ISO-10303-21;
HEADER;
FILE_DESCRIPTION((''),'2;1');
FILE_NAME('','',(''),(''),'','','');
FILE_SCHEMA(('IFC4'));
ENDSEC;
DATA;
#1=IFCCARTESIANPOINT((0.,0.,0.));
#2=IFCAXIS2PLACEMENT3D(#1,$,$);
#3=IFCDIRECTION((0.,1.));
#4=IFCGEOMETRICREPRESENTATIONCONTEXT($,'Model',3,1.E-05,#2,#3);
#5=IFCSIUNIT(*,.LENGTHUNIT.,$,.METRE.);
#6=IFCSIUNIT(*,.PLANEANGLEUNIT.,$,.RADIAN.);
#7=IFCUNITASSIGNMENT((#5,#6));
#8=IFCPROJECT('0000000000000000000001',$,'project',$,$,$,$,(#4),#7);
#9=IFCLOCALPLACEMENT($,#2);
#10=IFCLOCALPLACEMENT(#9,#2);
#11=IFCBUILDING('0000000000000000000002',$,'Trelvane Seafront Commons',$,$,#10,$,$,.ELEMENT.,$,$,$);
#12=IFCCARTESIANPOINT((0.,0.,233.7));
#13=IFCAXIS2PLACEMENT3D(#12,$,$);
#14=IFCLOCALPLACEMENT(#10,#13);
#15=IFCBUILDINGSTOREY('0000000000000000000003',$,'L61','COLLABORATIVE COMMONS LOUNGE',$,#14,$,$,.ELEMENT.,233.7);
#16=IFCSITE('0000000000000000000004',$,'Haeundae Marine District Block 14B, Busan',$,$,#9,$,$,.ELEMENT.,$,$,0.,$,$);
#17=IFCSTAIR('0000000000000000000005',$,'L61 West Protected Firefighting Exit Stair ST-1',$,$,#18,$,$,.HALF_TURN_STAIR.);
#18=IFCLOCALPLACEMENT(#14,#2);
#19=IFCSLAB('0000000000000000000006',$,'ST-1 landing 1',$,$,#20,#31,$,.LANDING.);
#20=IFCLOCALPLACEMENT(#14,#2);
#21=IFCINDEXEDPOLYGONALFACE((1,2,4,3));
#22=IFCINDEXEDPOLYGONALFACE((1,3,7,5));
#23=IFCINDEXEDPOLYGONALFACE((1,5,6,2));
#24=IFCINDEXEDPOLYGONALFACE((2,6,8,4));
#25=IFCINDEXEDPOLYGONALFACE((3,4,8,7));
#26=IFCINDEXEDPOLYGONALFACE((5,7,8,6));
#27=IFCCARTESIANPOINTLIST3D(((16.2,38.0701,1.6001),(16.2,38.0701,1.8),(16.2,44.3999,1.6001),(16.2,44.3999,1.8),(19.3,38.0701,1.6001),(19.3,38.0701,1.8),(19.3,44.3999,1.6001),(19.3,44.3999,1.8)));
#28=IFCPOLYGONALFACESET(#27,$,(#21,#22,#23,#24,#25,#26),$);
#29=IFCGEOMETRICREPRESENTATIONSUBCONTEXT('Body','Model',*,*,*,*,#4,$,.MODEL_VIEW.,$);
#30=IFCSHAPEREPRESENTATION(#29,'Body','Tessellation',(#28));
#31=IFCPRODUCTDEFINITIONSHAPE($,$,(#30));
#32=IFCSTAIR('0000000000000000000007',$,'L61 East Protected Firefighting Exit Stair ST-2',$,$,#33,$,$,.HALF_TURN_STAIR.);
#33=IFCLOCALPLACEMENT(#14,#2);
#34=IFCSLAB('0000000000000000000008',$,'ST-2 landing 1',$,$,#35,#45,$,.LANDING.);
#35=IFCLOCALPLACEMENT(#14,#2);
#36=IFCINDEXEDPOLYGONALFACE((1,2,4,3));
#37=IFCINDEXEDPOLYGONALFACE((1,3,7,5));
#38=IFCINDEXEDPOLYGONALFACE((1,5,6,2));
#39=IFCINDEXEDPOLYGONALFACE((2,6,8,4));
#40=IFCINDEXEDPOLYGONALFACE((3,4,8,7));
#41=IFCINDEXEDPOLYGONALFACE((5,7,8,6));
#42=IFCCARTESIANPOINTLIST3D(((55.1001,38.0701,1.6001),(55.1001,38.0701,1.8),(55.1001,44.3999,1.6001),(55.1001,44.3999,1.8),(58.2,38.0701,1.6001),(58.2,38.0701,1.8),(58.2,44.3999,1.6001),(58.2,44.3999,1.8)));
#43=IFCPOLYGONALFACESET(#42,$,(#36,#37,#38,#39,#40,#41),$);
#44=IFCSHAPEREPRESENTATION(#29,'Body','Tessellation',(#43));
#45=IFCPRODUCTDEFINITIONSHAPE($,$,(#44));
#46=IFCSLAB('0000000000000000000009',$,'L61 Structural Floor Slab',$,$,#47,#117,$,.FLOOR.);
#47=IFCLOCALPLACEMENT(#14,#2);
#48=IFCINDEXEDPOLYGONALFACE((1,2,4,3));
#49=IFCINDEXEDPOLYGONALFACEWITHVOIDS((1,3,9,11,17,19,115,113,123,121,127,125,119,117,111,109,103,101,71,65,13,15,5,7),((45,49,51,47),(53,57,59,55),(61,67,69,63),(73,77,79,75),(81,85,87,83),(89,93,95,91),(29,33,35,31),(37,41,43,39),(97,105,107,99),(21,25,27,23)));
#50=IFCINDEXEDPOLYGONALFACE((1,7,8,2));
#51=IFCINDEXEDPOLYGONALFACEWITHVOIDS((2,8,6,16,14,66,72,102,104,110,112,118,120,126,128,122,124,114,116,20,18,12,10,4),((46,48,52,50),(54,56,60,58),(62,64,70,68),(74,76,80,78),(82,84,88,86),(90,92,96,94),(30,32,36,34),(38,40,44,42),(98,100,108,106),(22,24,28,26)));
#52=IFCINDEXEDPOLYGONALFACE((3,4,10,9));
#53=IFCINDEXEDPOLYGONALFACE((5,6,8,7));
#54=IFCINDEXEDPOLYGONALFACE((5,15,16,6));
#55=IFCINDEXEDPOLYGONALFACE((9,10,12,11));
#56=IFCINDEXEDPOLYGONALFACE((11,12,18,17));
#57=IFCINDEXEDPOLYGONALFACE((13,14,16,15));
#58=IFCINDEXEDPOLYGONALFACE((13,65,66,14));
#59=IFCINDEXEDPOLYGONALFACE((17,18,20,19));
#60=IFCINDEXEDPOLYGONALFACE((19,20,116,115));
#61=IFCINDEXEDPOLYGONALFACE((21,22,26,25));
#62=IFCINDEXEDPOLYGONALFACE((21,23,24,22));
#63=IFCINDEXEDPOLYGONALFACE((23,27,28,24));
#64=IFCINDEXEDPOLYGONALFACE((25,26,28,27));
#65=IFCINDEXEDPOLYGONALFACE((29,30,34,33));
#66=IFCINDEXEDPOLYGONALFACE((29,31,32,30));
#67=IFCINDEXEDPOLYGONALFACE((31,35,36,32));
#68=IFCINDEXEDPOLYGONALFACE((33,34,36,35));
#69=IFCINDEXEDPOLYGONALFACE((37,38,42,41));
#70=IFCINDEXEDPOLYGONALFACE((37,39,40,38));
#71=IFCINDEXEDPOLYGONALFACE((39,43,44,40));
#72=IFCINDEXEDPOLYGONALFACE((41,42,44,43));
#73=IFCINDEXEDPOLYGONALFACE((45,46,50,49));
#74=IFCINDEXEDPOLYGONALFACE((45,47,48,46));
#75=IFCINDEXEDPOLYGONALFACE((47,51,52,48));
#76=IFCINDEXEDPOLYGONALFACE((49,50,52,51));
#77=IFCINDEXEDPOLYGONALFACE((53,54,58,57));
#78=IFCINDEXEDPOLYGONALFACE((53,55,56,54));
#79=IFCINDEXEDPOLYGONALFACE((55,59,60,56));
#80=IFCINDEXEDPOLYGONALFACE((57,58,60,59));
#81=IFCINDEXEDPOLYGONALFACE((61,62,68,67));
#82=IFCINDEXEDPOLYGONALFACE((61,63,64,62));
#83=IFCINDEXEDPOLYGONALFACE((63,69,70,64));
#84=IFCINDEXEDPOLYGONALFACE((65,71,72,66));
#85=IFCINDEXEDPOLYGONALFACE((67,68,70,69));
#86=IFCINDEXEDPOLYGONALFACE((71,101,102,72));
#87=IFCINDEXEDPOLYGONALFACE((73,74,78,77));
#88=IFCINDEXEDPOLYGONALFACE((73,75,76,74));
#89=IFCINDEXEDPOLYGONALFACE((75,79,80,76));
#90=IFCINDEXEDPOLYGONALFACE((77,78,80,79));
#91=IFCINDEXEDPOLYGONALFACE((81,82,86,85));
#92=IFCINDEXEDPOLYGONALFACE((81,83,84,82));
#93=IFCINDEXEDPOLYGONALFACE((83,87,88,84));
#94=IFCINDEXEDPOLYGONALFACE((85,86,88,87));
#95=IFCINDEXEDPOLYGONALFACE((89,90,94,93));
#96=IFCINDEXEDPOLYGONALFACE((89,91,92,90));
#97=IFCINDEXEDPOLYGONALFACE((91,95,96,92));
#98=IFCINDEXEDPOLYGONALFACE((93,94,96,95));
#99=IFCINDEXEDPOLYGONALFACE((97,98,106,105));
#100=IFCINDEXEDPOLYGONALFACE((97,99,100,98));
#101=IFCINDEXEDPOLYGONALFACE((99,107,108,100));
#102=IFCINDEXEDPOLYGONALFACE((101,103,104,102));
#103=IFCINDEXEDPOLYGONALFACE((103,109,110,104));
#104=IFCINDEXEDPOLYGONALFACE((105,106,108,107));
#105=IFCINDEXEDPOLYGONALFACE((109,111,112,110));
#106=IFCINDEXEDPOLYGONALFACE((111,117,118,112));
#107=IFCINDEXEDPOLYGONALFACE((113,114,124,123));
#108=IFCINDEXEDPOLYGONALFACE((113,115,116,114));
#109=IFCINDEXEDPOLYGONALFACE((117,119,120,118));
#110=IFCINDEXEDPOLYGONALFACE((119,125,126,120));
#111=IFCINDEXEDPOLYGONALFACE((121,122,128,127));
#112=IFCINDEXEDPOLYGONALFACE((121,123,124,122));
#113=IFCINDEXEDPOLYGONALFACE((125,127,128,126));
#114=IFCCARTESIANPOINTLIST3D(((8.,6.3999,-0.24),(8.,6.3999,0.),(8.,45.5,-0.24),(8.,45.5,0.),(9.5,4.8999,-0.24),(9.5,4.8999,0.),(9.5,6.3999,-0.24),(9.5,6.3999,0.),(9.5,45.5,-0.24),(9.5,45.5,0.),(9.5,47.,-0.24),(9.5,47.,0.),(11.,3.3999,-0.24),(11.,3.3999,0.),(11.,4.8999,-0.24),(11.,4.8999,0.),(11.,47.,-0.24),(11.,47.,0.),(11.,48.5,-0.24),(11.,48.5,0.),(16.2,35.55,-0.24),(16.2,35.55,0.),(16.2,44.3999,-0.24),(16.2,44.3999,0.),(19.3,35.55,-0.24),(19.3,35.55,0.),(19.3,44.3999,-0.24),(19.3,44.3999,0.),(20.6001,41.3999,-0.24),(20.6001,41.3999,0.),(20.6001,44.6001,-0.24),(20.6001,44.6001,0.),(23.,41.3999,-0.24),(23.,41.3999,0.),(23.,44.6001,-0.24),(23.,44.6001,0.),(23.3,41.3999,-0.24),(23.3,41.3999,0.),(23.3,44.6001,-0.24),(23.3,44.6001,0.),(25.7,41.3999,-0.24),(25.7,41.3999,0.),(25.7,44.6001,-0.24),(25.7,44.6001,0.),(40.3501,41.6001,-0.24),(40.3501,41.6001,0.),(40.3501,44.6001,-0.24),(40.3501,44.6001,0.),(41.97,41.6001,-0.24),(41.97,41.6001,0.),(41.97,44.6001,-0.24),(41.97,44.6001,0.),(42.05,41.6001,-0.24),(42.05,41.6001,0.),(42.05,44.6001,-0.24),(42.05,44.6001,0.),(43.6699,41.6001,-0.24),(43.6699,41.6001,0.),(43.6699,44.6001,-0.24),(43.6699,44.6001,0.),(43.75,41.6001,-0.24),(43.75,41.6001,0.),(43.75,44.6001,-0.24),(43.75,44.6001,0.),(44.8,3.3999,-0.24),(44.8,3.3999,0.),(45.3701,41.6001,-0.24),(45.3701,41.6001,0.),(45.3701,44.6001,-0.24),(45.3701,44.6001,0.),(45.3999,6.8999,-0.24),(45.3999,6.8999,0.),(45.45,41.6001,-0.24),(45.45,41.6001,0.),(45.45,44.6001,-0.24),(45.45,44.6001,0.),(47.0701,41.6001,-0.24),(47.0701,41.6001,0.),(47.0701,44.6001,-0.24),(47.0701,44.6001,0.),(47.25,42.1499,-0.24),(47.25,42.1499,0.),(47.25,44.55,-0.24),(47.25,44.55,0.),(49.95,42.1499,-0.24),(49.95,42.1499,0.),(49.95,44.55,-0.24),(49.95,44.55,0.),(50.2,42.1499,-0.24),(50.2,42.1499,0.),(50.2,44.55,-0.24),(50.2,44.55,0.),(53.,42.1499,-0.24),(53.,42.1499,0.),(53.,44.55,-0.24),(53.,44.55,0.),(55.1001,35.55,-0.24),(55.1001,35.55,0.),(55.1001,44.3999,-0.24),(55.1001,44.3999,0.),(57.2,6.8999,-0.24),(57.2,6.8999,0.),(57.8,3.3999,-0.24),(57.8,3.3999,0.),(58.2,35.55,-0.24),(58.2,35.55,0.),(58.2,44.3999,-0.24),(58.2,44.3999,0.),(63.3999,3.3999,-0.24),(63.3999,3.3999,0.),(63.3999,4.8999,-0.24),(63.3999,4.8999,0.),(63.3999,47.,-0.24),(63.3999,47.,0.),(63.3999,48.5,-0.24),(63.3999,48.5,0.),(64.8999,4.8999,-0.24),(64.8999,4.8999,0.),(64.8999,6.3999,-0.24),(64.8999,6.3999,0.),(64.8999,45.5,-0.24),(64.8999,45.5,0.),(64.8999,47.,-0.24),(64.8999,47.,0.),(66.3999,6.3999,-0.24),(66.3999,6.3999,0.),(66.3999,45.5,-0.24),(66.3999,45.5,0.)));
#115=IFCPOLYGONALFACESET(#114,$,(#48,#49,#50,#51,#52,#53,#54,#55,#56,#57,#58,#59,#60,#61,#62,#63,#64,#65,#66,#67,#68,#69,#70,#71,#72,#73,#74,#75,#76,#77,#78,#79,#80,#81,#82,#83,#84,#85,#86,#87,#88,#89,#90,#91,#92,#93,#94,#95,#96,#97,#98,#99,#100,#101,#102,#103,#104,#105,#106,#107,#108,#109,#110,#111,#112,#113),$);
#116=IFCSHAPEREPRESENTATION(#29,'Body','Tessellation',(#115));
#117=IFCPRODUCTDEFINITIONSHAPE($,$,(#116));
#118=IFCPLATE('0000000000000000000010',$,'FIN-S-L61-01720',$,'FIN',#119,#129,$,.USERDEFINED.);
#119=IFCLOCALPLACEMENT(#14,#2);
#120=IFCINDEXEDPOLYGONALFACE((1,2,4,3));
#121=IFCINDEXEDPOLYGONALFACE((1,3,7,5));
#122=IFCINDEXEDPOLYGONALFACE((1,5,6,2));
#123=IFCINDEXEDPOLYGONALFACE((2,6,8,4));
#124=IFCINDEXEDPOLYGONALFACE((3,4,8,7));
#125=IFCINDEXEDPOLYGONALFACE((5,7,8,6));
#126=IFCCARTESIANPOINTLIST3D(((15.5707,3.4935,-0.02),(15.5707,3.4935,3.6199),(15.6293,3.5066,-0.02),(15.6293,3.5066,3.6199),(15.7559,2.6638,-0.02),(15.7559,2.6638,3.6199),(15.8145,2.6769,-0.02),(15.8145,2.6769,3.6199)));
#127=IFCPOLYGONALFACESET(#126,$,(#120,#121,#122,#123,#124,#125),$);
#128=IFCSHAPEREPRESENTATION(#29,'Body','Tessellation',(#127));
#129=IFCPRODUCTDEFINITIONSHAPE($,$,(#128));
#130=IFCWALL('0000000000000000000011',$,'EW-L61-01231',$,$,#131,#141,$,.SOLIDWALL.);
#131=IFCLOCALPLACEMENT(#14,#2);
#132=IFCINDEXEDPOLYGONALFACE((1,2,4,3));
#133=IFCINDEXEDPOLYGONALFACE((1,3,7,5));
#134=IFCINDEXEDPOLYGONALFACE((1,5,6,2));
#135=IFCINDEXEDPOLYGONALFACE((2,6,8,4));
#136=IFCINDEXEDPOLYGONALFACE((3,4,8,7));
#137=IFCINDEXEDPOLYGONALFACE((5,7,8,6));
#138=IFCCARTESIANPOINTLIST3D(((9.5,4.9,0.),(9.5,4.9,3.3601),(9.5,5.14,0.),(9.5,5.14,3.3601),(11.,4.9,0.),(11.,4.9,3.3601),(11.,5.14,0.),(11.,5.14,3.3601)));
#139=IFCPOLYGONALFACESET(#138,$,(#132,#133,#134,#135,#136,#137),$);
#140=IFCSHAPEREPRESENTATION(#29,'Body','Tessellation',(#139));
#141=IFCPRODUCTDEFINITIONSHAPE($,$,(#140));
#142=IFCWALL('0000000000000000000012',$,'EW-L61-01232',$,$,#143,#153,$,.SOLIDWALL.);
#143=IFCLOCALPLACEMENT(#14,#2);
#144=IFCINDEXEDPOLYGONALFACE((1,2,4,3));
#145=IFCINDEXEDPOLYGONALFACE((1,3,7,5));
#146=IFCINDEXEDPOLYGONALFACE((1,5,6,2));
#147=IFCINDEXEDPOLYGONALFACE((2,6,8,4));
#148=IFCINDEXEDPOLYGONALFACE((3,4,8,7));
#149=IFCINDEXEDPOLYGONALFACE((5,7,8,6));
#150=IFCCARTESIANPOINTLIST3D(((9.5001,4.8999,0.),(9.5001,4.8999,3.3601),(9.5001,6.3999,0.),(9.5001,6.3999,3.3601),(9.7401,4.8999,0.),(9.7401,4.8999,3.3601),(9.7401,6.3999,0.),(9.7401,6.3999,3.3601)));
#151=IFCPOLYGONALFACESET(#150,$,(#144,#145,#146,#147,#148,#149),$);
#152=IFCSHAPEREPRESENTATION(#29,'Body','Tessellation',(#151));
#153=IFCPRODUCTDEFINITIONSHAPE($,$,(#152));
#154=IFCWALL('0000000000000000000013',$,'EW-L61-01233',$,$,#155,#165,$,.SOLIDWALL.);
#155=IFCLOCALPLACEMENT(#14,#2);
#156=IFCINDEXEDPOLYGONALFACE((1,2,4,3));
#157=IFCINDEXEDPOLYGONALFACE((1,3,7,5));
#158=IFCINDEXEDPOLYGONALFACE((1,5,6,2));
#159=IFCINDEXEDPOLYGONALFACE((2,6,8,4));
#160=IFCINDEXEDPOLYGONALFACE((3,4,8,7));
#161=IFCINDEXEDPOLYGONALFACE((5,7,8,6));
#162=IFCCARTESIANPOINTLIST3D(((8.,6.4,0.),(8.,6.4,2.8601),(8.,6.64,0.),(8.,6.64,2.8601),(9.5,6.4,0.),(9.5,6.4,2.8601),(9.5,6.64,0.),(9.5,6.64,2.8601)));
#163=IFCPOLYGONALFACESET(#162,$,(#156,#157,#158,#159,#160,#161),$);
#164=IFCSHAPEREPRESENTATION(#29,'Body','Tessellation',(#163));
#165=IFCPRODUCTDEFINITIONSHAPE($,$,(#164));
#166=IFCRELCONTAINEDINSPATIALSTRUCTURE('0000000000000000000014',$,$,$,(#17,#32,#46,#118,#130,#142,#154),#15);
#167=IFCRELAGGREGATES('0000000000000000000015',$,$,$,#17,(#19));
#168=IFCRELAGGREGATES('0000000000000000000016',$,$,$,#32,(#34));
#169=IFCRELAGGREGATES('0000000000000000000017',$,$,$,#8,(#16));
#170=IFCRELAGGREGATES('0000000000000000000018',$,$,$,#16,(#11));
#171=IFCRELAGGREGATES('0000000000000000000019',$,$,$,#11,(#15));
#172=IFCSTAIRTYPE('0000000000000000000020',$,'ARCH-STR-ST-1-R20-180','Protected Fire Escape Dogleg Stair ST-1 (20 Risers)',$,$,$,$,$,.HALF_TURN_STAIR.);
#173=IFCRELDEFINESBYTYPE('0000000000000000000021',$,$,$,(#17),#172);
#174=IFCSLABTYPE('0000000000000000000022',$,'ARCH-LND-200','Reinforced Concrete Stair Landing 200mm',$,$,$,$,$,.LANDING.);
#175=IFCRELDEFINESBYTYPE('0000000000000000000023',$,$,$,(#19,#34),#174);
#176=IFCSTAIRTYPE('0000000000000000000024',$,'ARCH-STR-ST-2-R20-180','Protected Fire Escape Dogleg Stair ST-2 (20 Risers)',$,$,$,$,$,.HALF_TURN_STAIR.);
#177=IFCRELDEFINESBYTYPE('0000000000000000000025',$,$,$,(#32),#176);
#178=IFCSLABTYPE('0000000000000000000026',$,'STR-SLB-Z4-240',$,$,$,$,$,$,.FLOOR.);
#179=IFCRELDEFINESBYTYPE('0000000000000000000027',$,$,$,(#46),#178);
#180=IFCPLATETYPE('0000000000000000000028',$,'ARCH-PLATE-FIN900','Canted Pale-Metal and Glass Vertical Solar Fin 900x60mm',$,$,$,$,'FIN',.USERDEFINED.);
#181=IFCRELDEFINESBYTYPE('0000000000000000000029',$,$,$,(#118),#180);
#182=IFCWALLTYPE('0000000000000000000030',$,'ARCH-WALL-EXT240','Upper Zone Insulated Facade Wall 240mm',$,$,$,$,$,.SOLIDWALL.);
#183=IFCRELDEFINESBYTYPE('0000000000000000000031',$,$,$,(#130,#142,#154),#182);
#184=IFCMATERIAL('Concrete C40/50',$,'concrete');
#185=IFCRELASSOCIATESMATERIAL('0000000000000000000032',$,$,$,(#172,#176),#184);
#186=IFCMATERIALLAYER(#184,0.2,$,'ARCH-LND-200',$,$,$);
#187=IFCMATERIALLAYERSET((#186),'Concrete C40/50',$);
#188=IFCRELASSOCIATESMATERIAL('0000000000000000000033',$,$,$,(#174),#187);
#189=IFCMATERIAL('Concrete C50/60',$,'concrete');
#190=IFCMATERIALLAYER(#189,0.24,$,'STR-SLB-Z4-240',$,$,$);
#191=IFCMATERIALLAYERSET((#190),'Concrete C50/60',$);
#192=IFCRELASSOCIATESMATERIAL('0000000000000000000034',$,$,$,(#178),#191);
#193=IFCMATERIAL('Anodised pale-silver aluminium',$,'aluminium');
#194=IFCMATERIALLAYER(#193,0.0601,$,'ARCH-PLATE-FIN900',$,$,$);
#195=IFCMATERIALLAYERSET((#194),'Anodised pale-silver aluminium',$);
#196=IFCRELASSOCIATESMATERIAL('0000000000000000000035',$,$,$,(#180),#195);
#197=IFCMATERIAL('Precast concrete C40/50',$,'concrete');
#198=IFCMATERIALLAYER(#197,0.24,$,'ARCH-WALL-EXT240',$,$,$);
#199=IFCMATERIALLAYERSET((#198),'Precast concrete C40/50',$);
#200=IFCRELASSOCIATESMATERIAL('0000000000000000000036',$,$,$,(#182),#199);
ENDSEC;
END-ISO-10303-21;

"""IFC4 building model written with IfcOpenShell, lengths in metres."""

from ifc_helpers import new_model, si_unit, direction, frame, frame_2d, origin, origin_2d, place, context, subcontext, project, spatial, polyline, rectangle, outline, extrude, source, transform, mapped, material, layer, layer_set, type_object, element, aggregate, save


model = new_model("IFC4")

# Units and contexts
model_context = context("Model", 3, precision=1e-05, world=origin(), true_north=direction((0.0, 1.0)))
body_context = subcontext(model_context, "Body", "Model", "MODEL_VIEW")
ifc_project = project(units=[si_unit("LENGTHUNIT", "METRE"), si_unit("PLANEANGLEUNIT", "RADIAN")], contexts=[model_context])

# Site, building, storey
site_placement = place(None, origin())
site = spatial("IfcSite", under=ifc_project, at=site_placement, Name="Haeundae Marine District Block 14B, Busan", CompositionType="ELEMENT", RefElevation=0.0)
building_placement = place(site_placement, origin())
building = spatial("IfcBuilding", under=site, at=building_placement, Name="Trelvane Seafront Commons", CompositionType="ELEMENT")
storey_placement = place(building_placement, frame((0.0, 0.0, 233.7)))
storey = spatial("IfcBuildingStorey", under=building, at=storey_placement, Name="L61", Description="COLLABORATIVE COMMONS LOUNGE", CompositionType="ELEMENT", Elevation=233.7)

# Shared definitions
ifc_material_1 = material(Name="Concrete C40/50", Category="concrete")

# Stairs, slabs
stair_type_1 = type_object("IfcStairType", Name="ARCH-STR-ST-1-R20-180", Description="Protected Fire Escape Dogleg Stair ST-1 (20 Risers)", PredefinedType="HALF_TURN_STAIR", material=ifc_material_1)
stair_1_placement = place(storey_placement, origin())
stair_1 = element("IfcStair", 1, at=stair_1_placement, inside=storey, type_object=stair_type_1, Name="L61 West Protected Firefighting Exit Stair ST-1", PredefinedType="HALF_TURN_STAIR")
ifc_layer_1 = layer(ifc_material_1, 0.2, Name="ARCH-LND-200")
ifc_layer_set_1 = layer_set([ifc_layer_1], Name="Concrete C40/50")
slab_type_1 = type_object("IfcSlabType", Name="ARCH-LND-200", Description="Reinforced Concrete Stair Landing 200mm", PredefinedType="LANDING", material=ifc_layer_set_1)
slab_1_placement = place(storey_placement, frame((0.0, 0.0, 1.6001)))
slab_1 = element("IfcSlab", 2, at=slab_1_placement, type_object=slab_type_1, Name="ST-1 landing 1", PredefinedType="LANDING", context=body_context, shape_type="SweptSolid", body=[
    extrude(outline(polyline([(19.3, 38.0701), (19.3, 44.3999), (16.2, 44.3999), (16.2, 38.0701), (19.3, 38.0701)])), origin(), (0.0, 0.0, 1.0), 0.2),
])
aggregate(stair_1, [slab_1])
stair_type_2 = type_object("IfcStairType", Name="ARCH-STR-ST-2-R20-180", Description="Protected Fire Escape Dogleg Stair ST-2 (20 Risers)", PredefinedType="HALF_TURN_STAIR", material=ifc_material_1)
stair_2_placement = place(storey_placement, origin())
stair_2 = element("IfcStair", 3, at=stair_2_placement, inside=storey, type_object=stair_type_2, Name="L61 East Protected Firefighting Exit Stair ST-2", PredefinedType="HALF_TURN_STAIR")
slab_2_placement = place(storey_placement, frame((0.0, 0.0, 1.6001)))
slab_2 = element("IfcSlab", 4, at=slab_2_placement, type_object=slab_type_1, Name="ST-2 landing 1", PredefinedType="LANDING", context=body_context, shape_type="SweptSolid", body=[
    extrude(outline(polyline([(58.2, 38.0701), (58.2, 44.3999), (55.1001, 44.3999), (55.1001, 38.0701), (58.2, 38.0701)])), origin(), (0.0, 0.0, 1.0), 0.2),
])
aggregate(stair_2, [slab_2])

# Slab
ifc_material_2 = material(Name="Concrete C50/60", Category="concrete")
ifc_layer_2 = layer(ifc_material_2, 0.24, Name="STR-SLB-Z4-240")
ifc_layer_set_2 = layer_set([ifc_layer_2], Name="Concrete C50/60")
slab_type_2 = type_object("IfcSlabType", Name="STR-SLB-Z4-240", PredefinedType="FLOOR", material=ifc_layer_set_2)
slab_3_placement = place(storey_placement, frame((0.0, 0.0, -0.24)))
element("IfcSlab", 5, at=slab_3_placement, inside=storey, type_object=slab_type_2, Name="L61 Structural Floor Slab", PredefinedType="FLOOR", context=body_context, shape_type="SweptSolid", body=[
    extrude(outline(polyline([(11.0, 3.3999), (44.8, 3.3999), (45.3999, 6.8999), (57.2, 6.8999), (57.8, 3.3999), (63.3999, 3.3999), (63.3999, 4.8999), (64.8999, 4.8999), (64.8999, 6.3999), (66.3999, 6.3999), (66.3999, 45.5), (64.8999, 45.5), (64.8999, 47.0), (63.3999, 47.0), (63.3999, 48.5), (11.0, 48.5), (11.0, 47.0), (9.5, 47.0), (9.5, 45.5), (8.0, 45.5), (8.0, 6.3999), (9.5, 6.3999), (9.5, 4.8999), (11.0, 4.8999), (11.0, 3.3999)]), holes=[polyline([(19.3, 35.55), (16.2, 35.55), (16.2, 44.3999), (19.3, 44.3999), (19.3, 35.55)]), polyline([(58.2, 35.55), (55.1001, 35.55), (55.1001, 44.3999), (58.2, 44.3999), (58.2, 35.55)]), polyline([(23.0, 41.3999), (20.6001, 41.3999), (20.6001, 44.6001), (23.0, 44.6001), (23.0, 41.3999)]), polyline([(23.3, 41.3999), (23.3, 44.6001), (25.7, 44.6001), (25.7, 41.3999), (23.3, 41.3999)]), polyline([(40.3501, 41.6001), (40.3501, 44.6001), (41.97, 44.6001), (41.97, 41.6001), (40.3501, 41.6001)]), polyline([(43.6699, 41.6001), (42.05, 41.6001), (42.05, 44.6001), (43.6699, 44.6001), (43.6699, 41.6001)]), polyline([(45.3701, 41.6001), (43.75, 41.6001), (43.75, 44.6001), (45.3701, 44.6001), (45.3701, 41.6001)]), polyline([(47.0701, 41.6001), (45.45, 41.6001), (45.45, 44.6001), (47.0701, 44.6001), (47.0701, 41.6001)]), polyline([(47.25, 42.1499), (47.25, 44.55), (49.95, 44.55), (49.95, 42.1499), (47.25, 42.1499)]), polyline([(50.2, 42.1499), (50.2, 44.55), (53.0, 44.55), (53.0, 42.1499), (50.2, 42.1499)])]), origin(), (0.0, 0.0, 1.0), 0.24),
])

# Plate
ifc_material_3 = material(Name="Anodised pale-silver aluminium", Category="aluminium")
ifc_layer_3 = layer(ifc_material_3, 0.0601, Name="ARCH-PLATE-FIN900")
ifc_layer_set_3 = layer_set([ifc_layer_3], Name="Anodised pale-silver aluminium")
plate_type = type_object("IfcPlateType", Name="ARCH-PLATE-FIN900", Description="Canted Pale-Metal and Glass Vertical Solar Fin 900x60mm", ElementType="FIN", PredefinedType="USERDEFINED", material=ifc_layer_set_3)
shared_shape_1 = source(origin(), body_context, "Body", "SweptSolid", [
    extrude(rectangle(XDim=0.8501, YDim=0.0601, at=origin_2d()), origin(), (0.0, 0.0, 1.0), 3.6399),
])
plate_placement = place(storey_placement, frame((15.6926, 3.0852, -0.02), z_axis=(0.0, 0.0, 1.0), x_axis=(0.217878, -0.975976, 0.0)))
element("IfcPlate", 6, at=plate_placement, inside=storey, type_object=plate_type, Name="FIN-S-L61-01720", ObjectType="FIN", PredefinedType="USERDEFINED", context=body_context, shape_type="MappedRepresentation", body=[
    mapped(shared_shape_1, transform((0.0, 0.0, 0.0), x_axis=(1.0, 0.0, 0.0), y_axis=(0.0, 1.0, 0.0), z_axis=(0.0, 0.0, 1.0), scale=1.0)),
])

# Walls
ifc_material_4 = material(Name="Precast concrete C40/50", Category="concrete")
ifc_layer_4 = layer(ifc_material_4, 0.24, Name="ARCH-WALL-EXT240")
ifc_layer_set_4 = layer_set([ifc_layer_4], Name="Precast concrete C40/50")
wall_type_1 = type_object("IfcWallType", Name="ARCH-WALL-EXT240", Description="Upper Zone Insulated Facade Wall 240mm", PredefinedType="SOLIDWALL", material=ifc_layer_set_4)
for number, where, z_axis, x_axis, name in (
    (7, (11.0, 5.02, 0.0), (0.0, 0.0, 1.0), (-1.0, 0.0, 0.0), "EW-L61-01231"),
    (8, (9.6201, 4.8999, 0.0), (0.0, 0.0, 1.0), (0.0, 1.0, 0.0), "EW-L61-01232"),
):
    element("IfcWall", number, at=place(storey_placement, frame(where, z_axis=z_axis, x_axis=x_axis)), inside=storey, type_object=wall_type_1, Name=name, PredefinedType="SOLIDWALL", context=body_context, shape_type="SweptSolid", body=[
        extrude(rectangle(XDim=1.5, YDim=0.24, at=frame_2d((0.75, 0.0))), origin(), (0.0, 0.0, 1.0), 3.3601),
    ])
wall_1_placement = place(storey_placement, frame((9.5, 6.52, 0.0), z_axis=(0.0, 0.0, 1.0), x_axis=(-1.0, 0.0, 0.0)))
element("IfcWall", 9, at=wall_1_placement, inside=storey, type_object=wall_type_1, Name="EW-L61-01233", PredefinedType="SOLIDWALL", context=body_context, shape_type="SweptSolid", body=[
    extrude(rectangle(XDim=1.5, YDim=0.24, at=frame_2d((0.75, 0.0))), origin(), (0.0, 0.0, 1.0), 2.8601),
])

save(model, "model.ifc")
